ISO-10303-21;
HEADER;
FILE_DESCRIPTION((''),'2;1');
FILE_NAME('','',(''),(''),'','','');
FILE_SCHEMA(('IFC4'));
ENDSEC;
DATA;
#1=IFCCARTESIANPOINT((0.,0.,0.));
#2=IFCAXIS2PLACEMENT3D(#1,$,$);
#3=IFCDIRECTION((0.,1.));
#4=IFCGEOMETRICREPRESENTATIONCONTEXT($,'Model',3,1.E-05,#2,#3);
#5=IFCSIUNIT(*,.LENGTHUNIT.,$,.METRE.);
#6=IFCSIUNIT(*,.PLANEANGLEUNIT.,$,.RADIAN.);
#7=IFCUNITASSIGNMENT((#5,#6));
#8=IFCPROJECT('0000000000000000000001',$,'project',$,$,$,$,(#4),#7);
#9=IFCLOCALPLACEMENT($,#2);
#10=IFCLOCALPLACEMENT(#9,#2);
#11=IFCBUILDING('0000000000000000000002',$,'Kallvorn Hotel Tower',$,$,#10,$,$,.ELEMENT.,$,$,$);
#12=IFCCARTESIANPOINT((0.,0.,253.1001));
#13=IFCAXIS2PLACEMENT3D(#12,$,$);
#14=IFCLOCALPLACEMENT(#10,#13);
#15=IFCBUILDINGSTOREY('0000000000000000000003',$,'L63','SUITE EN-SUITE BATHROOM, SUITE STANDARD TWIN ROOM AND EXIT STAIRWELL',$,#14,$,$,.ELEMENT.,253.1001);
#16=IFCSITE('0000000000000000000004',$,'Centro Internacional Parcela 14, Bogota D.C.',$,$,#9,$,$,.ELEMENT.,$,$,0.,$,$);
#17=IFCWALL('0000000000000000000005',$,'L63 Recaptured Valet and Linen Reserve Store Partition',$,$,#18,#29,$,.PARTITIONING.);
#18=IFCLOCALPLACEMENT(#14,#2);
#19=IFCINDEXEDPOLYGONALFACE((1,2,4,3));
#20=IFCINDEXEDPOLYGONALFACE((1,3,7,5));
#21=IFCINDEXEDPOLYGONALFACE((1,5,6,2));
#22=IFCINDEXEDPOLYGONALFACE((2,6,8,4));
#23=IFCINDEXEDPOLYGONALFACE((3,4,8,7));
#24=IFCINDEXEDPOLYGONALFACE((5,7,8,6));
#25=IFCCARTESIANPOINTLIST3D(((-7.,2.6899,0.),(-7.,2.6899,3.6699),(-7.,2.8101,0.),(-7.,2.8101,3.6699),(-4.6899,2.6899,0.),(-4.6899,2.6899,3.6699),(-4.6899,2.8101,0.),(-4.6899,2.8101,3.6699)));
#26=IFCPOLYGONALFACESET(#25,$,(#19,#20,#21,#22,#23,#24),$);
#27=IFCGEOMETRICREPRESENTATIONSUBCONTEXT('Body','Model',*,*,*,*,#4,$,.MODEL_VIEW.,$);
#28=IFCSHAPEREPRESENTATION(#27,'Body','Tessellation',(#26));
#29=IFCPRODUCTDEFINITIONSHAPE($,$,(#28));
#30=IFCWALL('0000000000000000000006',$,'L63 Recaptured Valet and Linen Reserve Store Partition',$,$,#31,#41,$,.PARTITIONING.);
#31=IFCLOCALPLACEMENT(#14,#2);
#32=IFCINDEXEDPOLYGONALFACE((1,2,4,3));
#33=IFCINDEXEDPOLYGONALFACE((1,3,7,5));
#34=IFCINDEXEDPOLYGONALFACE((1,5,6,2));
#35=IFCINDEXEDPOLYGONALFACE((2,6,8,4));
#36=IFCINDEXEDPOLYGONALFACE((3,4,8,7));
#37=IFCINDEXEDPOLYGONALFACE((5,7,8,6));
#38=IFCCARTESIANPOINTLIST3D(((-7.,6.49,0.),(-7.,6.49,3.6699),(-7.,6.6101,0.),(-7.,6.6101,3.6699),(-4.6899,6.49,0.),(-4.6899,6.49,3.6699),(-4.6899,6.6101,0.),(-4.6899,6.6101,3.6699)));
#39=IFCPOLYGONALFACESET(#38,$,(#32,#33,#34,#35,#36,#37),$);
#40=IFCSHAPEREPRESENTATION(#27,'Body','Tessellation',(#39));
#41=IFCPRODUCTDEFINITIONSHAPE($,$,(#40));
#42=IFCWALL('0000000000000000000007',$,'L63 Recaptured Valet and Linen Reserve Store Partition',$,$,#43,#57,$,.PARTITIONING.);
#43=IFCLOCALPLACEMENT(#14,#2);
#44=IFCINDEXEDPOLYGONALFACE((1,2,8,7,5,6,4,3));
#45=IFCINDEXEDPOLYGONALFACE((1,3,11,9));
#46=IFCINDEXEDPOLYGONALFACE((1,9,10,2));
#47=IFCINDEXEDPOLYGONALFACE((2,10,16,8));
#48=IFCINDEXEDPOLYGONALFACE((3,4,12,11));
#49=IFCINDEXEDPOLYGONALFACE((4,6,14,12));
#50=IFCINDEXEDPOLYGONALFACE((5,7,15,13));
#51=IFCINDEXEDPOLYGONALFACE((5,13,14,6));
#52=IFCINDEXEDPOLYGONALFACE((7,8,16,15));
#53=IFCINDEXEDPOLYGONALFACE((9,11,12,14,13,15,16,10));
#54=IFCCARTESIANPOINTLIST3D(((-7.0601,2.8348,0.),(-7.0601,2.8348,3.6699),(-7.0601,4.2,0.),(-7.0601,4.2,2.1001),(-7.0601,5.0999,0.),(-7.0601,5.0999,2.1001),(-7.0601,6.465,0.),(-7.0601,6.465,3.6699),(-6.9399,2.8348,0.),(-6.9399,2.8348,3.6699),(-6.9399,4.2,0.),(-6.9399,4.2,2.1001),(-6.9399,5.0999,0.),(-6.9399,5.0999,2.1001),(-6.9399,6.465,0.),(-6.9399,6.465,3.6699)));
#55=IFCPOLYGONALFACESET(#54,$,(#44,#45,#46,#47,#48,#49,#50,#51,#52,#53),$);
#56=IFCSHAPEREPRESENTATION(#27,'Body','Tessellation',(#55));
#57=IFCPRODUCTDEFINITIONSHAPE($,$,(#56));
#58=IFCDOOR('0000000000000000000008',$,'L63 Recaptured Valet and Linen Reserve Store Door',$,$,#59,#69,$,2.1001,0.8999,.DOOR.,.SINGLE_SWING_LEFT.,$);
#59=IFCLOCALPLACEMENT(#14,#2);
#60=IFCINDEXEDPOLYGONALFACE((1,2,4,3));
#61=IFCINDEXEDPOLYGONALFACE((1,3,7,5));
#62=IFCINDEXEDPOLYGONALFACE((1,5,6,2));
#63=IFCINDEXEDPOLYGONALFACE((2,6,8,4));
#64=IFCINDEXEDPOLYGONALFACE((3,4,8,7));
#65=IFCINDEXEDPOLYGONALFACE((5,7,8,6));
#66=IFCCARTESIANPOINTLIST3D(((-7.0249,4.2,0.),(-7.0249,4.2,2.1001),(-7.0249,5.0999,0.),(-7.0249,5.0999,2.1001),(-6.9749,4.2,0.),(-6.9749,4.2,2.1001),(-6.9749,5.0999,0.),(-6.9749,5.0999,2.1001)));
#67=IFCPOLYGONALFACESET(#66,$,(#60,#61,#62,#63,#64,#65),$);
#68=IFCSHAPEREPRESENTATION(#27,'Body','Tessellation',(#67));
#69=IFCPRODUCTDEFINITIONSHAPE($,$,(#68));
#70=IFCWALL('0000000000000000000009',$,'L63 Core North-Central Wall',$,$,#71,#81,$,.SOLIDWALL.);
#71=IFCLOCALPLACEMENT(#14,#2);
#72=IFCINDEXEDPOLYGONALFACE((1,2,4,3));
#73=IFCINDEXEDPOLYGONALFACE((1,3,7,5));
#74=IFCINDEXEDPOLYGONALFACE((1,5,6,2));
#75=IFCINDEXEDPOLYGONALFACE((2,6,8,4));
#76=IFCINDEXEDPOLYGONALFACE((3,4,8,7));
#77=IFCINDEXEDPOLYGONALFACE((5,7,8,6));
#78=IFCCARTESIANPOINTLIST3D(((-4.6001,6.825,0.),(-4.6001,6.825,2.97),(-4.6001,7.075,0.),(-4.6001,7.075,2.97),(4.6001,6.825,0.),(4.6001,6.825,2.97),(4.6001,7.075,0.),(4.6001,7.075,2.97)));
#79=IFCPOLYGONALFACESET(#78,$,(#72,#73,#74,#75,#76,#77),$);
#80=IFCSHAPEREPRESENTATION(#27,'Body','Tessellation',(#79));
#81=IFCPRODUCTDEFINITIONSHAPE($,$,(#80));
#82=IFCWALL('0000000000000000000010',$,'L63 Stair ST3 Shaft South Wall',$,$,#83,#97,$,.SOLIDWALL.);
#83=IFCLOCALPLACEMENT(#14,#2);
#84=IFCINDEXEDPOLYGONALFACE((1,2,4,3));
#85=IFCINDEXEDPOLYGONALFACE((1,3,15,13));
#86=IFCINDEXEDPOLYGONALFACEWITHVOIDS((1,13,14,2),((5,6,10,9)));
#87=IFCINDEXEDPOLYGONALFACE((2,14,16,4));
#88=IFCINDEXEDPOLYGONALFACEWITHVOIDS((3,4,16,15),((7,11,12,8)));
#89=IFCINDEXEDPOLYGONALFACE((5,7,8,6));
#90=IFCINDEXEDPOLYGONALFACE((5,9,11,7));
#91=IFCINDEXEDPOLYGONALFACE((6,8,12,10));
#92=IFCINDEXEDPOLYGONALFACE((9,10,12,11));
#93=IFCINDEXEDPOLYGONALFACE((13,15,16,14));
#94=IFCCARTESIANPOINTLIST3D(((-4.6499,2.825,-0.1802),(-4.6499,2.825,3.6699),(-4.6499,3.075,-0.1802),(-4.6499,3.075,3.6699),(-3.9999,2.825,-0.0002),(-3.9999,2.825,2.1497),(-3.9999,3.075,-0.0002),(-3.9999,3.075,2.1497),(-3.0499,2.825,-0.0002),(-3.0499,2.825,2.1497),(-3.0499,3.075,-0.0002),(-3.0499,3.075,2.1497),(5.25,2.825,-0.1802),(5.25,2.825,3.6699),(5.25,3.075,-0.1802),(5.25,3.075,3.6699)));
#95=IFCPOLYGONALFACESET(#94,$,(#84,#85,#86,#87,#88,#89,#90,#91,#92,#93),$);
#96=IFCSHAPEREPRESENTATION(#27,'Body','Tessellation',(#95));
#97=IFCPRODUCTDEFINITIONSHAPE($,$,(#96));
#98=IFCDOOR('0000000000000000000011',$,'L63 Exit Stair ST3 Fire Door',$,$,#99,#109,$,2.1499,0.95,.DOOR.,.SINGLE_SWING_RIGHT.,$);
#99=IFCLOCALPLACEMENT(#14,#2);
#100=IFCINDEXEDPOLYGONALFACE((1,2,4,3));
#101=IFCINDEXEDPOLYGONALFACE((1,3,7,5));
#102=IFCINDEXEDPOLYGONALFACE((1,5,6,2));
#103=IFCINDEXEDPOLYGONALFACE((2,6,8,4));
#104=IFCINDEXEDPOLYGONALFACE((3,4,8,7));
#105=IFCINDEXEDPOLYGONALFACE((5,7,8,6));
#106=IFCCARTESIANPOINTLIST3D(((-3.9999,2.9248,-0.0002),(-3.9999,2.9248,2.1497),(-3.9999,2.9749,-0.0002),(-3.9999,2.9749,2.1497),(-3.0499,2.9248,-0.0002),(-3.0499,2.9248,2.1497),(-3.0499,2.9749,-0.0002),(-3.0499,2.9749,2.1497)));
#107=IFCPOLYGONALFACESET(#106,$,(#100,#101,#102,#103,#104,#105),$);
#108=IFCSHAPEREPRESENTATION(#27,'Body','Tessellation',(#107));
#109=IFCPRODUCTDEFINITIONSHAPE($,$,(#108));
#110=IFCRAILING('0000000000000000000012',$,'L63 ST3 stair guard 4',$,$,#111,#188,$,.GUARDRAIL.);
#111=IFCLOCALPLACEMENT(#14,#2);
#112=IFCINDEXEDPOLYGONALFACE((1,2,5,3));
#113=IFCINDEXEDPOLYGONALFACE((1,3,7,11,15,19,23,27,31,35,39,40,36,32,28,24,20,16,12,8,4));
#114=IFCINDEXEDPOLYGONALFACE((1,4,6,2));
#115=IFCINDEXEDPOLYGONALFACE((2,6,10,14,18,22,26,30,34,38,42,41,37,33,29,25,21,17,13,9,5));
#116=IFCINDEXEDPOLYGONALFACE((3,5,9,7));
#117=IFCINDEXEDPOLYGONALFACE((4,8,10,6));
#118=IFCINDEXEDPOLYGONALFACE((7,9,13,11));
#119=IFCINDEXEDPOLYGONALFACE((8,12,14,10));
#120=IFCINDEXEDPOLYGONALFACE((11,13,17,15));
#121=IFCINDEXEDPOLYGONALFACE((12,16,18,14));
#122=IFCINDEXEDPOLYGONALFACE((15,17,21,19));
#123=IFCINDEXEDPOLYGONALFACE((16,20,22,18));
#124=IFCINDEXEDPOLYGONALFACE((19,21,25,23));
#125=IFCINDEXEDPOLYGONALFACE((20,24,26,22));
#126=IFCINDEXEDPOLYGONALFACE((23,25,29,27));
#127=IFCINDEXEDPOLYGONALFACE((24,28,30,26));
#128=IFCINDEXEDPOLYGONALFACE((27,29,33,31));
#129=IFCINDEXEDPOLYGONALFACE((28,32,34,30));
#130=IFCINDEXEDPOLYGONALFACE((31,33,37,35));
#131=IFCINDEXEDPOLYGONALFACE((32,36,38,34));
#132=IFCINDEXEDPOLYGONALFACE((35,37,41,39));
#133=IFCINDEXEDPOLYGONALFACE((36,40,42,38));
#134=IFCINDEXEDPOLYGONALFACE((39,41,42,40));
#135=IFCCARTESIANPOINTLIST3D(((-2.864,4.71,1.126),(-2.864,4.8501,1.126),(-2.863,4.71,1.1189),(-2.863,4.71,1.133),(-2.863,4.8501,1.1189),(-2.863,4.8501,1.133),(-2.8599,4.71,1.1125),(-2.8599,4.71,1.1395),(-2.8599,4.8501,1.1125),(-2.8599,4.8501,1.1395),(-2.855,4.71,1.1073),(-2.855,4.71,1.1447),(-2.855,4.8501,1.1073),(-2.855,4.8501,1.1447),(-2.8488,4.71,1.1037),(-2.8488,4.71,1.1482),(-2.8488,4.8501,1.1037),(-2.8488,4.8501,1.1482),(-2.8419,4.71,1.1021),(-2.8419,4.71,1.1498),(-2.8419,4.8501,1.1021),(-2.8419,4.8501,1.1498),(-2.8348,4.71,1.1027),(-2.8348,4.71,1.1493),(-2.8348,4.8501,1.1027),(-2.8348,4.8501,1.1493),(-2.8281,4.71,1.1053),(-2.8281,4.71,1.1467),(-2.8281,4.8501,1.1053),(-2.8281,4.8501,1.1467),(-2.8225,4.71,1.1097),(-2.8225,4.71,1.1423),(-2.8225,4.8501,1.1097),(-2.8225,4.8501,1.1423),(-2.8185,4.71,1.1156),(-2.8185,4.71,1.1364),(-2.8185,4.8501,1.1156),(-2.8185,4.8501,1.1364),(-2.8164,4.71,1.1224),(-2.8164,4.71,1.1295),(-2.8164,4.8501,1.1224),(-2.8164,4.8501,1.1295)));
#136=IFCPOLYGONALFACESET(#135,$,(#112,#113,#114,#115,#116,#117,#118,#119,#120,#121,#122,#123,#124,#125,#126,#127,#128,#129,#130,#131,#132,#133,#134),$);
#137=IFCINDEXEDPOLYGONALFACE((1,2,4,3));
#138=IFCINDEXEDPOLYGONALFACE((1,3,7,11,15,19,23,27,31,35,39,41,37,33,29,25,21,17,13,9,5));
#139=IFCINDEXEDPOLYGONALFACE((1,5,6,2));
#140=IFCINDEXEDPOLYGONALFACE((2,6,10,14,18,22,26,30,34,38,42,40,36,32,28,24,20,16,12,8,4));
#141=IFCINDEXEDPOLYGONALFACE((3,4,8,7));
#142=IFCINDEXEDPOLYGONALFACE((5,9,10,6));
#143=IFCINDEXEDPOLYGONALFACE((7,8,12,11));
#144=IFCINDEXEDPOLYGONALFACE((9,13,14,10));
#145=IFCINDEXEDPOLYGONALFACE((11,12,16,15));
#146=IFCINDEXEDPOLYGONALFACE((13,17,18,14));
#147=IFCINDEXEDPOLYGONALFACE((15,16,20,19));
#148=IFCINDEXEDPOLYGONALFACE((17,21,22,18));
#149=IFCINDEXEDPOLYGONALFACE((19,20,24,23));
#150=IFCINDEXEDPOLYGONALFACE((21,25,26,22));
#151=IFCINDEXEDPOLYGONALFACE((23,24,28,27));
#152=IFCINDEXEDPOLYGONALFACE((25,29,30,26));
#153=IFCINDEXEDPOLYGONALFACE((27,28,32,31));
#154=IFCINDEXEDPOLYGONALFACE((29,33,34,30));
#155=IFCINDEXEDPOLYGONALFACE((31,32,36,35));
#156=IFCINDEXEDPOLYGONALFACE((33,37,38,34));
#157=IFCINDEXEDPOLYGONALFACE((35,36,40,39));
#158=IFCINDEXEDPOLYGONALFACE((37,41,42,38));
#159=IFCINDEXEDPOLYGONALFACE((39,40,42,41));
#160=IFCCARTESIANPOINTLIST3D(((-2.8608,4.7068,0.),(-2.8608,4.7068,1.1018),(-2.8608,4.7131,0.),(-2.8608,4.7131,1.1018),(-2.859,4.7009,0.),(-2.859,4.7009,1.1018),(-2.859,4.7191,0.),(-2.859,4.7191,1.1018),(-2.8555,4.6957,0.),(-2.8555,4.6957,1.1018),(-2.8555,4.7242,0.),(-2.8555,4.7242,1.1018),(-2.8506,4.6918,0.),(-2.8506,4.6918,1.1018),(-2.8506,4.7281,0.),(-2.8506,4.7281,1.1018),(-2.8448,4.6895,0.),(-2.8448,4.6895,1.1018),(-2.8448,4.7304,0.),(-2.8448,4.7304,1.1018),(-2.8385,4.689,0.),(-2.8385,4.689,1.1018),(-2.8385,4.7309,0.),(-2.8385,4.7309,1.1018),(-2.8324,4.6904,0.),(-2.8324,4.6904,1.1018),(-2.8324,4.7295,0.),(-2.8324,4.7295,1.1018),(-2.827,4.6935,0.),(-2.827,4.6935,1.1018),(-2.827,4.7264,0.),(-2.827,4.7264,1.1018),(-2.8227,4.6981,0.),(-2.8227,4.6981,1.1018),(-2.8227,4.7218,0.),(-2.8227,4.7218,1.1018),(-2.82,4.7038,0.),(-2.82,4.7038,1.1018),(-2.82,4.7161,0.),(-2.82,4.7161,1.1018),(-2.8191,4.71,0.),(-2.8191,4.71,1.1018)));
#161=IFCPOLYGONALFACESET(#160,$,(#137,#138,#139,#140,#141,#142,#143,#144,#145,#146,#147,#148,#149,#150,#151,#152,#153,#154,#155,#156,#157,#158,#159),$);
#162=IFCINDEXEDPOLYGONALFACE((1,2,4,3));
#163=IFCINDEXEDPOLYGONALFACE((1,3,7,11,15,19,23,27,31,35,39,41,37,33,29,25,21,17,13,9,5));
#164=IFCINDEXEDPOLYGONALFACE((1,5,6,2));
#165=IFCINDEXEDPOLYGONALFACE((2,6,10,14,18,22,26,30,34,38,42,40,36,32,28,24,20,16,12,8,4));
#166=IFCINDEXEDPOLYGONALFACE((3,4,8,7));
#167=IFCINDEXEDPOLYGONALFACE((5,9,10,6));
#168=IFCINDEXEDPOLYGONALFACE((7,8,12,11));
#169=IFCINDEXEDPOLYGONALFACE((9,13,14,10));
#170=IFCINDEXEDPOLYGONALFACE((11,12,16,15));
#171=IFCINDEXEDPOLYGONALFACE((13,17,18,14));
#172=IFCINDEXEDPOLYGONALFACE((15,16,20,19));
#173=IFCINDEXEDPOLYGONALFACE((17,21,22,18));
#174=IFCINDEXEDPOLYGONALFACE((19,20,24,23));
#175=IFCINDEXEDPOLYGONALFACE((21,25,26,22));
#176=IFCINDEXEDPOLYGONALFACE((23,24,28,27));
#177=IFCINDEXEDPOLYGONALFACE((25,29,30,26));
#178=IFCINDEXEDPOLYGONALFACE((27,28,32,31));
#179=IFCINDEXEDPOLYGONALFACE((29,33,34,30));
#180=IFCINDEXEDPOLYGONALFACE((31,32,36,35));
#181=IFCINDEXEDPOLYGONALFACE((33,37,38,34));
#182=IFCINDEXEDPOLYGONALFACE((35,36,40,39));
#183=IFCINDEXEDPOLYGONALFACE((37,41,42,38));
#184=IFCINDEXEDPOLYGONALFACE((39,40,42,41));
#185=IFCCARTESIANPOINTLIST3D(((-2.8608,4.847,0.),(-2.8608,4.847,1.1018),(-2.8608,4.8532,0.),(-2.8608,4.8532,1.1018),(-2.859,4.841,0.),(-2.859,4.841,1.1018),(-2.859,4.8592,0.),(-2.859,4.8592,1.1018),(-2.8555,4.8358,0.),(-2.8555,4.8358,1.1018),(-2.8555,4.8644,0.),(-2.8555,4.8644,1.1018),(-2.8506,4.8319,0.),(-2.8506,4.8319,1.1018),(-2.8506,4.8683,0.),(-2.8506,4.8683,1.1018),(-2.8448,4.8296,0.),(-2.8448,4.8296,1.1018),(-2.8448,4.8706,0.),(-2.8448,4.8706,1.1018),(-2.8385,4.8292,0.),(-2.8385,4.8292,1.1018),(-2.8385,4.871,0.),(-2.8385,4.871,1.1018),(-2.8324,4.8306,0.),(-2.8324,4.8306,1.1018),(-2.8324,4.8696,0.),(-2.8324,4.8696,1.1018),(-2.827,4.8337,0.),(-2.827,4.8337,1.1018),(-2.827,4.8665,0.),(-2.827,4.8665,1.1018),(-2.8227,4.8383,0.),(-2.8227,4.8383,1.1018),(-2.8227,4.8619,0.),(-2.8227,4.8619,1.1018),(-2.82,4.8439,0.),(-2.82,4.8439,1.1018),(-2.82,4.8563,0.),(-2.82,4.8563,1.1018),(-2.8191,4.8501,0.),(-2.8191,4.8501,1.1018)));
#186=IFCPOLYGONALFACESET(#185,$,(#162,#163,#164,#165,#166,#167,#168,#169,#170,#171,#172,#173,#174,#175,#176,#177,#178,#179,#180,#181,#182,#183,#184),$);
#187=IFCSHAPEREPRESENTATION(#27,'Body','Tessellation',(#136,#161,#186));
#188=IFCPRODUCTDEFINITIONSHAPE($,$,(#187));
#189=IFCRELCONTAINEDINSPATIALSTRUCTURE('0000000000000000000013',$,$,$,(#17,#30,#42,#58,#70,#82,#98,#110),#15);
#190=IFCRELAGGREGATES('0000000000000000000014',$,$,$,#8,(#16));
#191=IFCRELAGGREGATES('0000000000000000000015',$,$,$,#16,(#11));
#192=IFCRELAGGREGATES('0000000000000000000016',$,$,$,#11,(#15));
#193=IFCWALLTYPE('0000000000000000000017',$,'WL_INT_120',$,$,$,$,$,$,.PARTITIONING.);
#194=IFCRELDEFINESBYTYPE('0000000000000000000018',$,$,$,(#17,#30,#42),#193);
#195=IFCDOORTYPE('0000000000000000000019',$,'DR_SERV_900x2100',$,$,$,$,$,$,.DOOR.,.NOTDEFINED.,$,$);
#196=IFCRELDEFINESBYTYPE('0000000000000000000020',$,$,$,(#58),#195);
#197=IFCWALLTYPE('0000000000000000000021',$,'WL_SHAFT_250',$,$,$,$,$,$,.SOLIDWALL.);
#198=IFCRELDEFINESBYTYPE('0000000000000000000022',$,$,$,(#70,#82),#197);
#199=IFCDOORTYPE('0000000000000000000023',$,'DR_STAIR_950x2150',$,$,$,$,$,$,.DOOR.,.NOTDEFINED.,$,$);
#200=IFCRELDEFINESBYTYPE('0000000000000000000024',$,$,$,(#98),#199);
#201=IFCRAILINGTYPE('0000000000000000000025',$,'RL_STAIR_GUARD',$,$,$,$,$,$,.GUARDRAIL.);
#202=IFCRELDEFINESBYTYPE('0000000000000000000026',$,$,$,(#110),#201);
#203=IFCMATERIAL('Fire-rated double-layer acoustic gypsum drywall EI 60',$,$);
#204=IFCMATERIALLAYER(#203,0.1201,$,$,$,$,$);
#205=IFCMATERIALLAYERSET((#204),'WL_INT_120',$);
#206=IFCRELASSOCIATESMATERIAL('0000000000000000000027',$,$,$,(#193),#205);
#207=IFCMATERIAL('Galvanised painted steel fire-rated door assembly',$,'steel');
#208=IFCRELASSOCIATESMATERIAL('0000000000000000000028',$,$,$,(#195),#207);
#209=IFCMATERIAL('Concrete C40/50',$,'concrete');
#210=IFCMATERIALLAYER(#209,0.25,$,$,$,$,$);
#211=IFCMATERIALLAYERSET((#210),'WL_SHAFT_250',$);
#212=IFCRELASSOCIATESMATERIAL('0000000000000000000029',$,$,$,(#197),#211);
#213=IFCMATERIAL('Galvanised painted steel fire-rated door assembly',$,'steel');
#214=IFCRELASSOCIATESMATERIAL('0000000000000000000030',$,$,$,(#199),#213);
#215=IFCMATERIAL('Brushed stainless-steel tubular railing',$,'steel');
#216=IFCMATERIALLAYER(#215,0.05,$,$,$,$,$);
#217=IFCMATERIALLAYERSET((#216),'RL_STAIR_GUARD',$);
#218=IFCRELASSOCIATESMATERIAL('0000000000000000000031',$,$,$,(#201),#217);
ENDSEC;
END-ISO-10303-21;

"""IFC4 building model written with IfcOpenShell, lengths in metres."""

from ifc_helpers import new_model, si_unit, direction, frame, frame_2d, origin, origin_2d, place, context, subcontext, project, spatial, rectangle, circle, extrude, material, layer, layer_set, type_object, element, fill, save


model = new_model("IFC4")

# Units and contexts
model_context = context("Model", 3, precision=1e-05, world=origin(), true_north=direction((0.0, 1.0)))
body_context = subcontext(model_context, "Body", "Model", "MODEL_VIEW")
ifc_project = project(units=[si_unit("LENGTHUNIT", "METRE"), si_unit("PLANEANGLEUNIT", "RADIAN")], contexts=[model_context])

# Site, building, storey
site_placement = place(None, origin())
site = spatial("IfcSite", under=ifc_project, at=site_placement, Name="Centro Internacional Parcela 14, Bogota D.C.", CompositionType="ELEMENT", RefElevation=0.0)
building_placement = place(site_placement, origin())
building = spatial("IfcBuilding", under=site, at=building_placement, Name="Kallvorn Hotel Tower", CompositionType="ELEMENT")
storey_placement = place(building_placement, frame((0.0, 0.0, 253.1001)))
storey = spatial("IfcBuildingStorey", under=building, at=storey_placement, Name="L63", Description="SUITE EN-SUITE BATHROOM, SUITE STANDARD TWIN ROOM AND EXIT STAIRWELL", CompositionType="ELEMENT", Elevation=253.1001)

# Walls
ifc_material_1 = material(Name="Fire-rated double-layer acoustic gypsum drywall EI 60")
ifc_layer_1 = layer(ifc_material_1, 0.1201)
ifc_layer_set_1 = layer_set([ifc_layer_1], Name="WL_INT_120")
wall_type_1 = type_object("IfcWallType", Name="WL_INT_120", PredefinedType="PARTITIONING", material=ifc_layer_set_1)
for number, where, z_axis, x_axis, name in (
    (1, (-7.0, 2.75, 0.0), (0.0, 0.0, 1.0), (1.0, 0.0, 0.0), "L63 Recaptured Valet and Linen Reserve Store Partition"),
    (2, (-7.0, 6.55, 0.0), (0.0, 0.0, 1.0), (1.0, 0.0, 0.0), "L63 Recaptured Valet and Linen Reserve Store Partition"),
):
    element("IfcWall", number, at=place(storey_placement, frame(where, z_axis=z_axis, x_axis=x_axis)), inside=storey, type_object=wall_type_1, Name=name, PredefinedType="PARTITIONING", context=body_context, shape_type="SweptSolid", body=[
        extrude(rectangle(XDim=2.3101, YDim=0.1201, at=frame_2d((1.155, 0.0))), origin(), (0.0, 0.0, 1.0), 3.6699),
    ])

# Wall, opening, door
wall_1_placement = place(storey_placement, frame((-7.0, 2.835, 0.0), z_axis=(0.0, 0.0, 1.0), x_axis=(0.0, 1.0, 0.0)))
wall_1 = element("IfcWall", 3, at=wall_1_placement, inside=storey, type_object=wall_type_1, Name="L63 Recaptured Valet and Linen Reserve Store Partition", PredefinedType="PARTITIONING", context=body_context, shape_type="SweptSolid", body=[
    extrude(rectangle(XDim=3.6301, YDim=0.1201, at=frame_2d((1.8149, 0.0))), origin(), (0.0, 0.0, 1.0), 3.6699),
])
opening_1_placement = place(wall_1_placement, frame((1.365, 0.0, 0.0)))
opening_1 = element("IfcOpeningElement", 4, at=opening_1_placement, cuts=wall_1, PredefinedType="OPENING", context=body_context, shape_type="SweptSolid", body=[
    extrude(rectangle(XDim=0.8999, YDim=2.1001, at=frame_2d((0.45, 1.05))), frame((0.0, 0.075, 0.0), z_axis=(0.0, -1.0, 0.0), x_axis=(1.0, 0.0, 0.0)), (0.0, 0.0, 1.0), 0.1501),
])
ifc_material_2 = material(Name="Galvanised painted steel fire-rated door assembly", Category="steel")
door_type_1 = type_object("IfcDoorType", Name="DR_SERV_900x2100", OperationType="NOTDEFINED", PredefinedType="DOOR", material=ifc_material_2)
door_1_placement = place(opening_1_placement, origin())
door_1 = element("IfcDoor", 5, at=door_1_placement, inside=storey, type_object=door_type_1, Name="L63 Recaptured Valet and Linen Reserve Store Door", OperationType="SINGLE_SWING_LEFT", OverallHeight=2.1001, OverallWidth=0.8999, PredefinedType="DOOR", context=body_context, shape_type="SweptSolid", body=[
    extrude(rectangle(XDim=0.8999, YDim=2.1001, at=frame_2d((0.45, 1.05))), frame((0.0, 0.0249, 0.0), z_axis=(0.0, -1.0, 0.0), x_axis=(1.0, 0.0, 0.0)), (0.0, 0.0, 1.0), 0.05),
])
fill(opening_1, door_1)

# Wall
ifc_material_3 = material(Name="Concrete C40/50", Category="concrete")
ifc_layer_2 = layer(ifc_material_3, 0.25)
ifc_layer_set_2 = layer_set([ifc_layer_2], Name="WL_SHAFT_250")
wall_type_2 = type_object("IfcWallType", Name="WL_SHAFT_250", PredefinedType="SOLIDWALL", material=ifc_layer_set_2)
wall_2_placement = place(storey_placement, frame((-4.6001, 6.95, 0.0), z_axis=(0.0, 0.0, 1.0), x_axis=(1.0, 0.0, 0.0)))
element("IfcWall", 6, at=wall_2_placement, inside=storey, type_object=wall_type_2, Name="L63 Core North-Central Wall", PredefinedType="SOLIDWALL", context=body_context, shape_type="SweptSolid", body=[
    extrude(rectangle(XDim=9.2002, YDim=0.25, at=frame_2d((4.6001, 0.0))), origin(), (0.0, 0.0, 1.0), 2.97),
])

# Wall, opening, door
wall_3_placement = place(storey_placement, frame((-4.6499, 2.95, -0.1802), z_axis=(0.0, 0.0, 1.0), x_axis=(1.0, 0.0, 0.0)))
wall_3 = element("IfcWall", 7, at=wall_3_placement, inside=storey, type_object=wall_type_2, Name="L63 Stair ST3 Shaft South Wall", PredefinedType="SOLIDWALL", context=body_context, shape_type="SweptSolid", body=[
    extrude(rectangle(XDim=9.8999, YDim=0.25, at=frame_2d((4.95, 0.0))), origin(), (0.0, 0.0, 1.0), 3.8501),
])
opening_2_placement = place(wall_3_placement, frame((0.6499, 0.0, 0.1799)))
opening_2 = element("IfcOpeningElement", 8, at=opening_2_placement, cuts=wall_3, PredefinedType="OPENING", context=body_context, shape_type="SweptSolid", body=[
    extrude(rectangle(XDim=0.95, YDim=2.1499, at=frame_2d((0.4751, 1.075))), frame((0.0, 0.1399, 0.0), z_axis=(0.0, -1.0, 0.0), x_axis=(1.0, 0.0, 0.0)), (0.0, 0.0, 1.0), 0.28),
])
ifc_material_4 = material(Name="Galvanised painted steel fire-rated door assembly", Category="steel")
door_type_2 = type_object("IfcDoorType", Name="DR_STAIR_950x2150", OperationType="NOTDEFINED", PredefinedType="DOOR", material=ifc_material_4)
door_2_placement = place(opening_2_placement, origin())
door_2 = element("IfcDoor", 9, at=door_2_placement, inside=storey, type_object=door_type_2, Name="L63 Exit Stair ST3 Fire Door", OperationType="SINGLE_SWING_RIGHT", OverallHeight=2.1499, OverallWidth=0.95, PredefinedType="DOOR", context=body_context, shape_type="SweptSolid", body=[
    extrude(rectangle(XDim=0.95, YDim=2.1499, at=frame_2d((0.4751, 1.075))), frame((0.0, 0.0249, 0.0), z_axis=(0.0, -1.0, 0.0), x_axis=(1.0, 0.0, 0.0)), (0.0, 0.0, 1.0), 0.05),
])
fill(opening_2, door_2)

# Railing
ifc_material_5 = material(Name="Brushed stainless-steel tubular railing", Category="steel")
ifc_layer_3 = layer(ifc_material_5, 0.05)
ifc_layer_set_3 = layer_set([ifc_layer_3], Name="RL_STAIR_GUARD")
railing_type = type_object("IfcRailingType", Name="RL_STAIR_GUARD", PredefinedType="GUARDRAIL", material=ifc_layer_set_3)
railing_placement = place(storey_placement, frame((-2.8401, 4.71, 0.0)))
element("IfcRailing", 10, at=railing_placement, inside=storey, type_object=railing_type, Name="L63 ST3 stair guard 4", PredefinedType="GUARDRAIL", context=body_context, shape_type="SweptSolid", body=[
    extrude(circle(Radius=0.0239, at=origin_2d()), frame((0.0, 0.0, 1.126), z_axis=(0.0, 1.0, 0.0), x_axis=(-1.0, 0.0, 0.0)), (0.0, 0.0, 1.0), 0.1401),
    extrude(circle(Radius=0.021, at=origin_2d()), origin(), (0.0, 0.0, 1.0), 1.1018),
    extrude(circle(Radius=0.021, at=origin_2d()), frame((0.0, 0.1401, 0.0)), (0.0, 0.0, 1.0), 1.1018),
])

save(model, "model.ifc")
